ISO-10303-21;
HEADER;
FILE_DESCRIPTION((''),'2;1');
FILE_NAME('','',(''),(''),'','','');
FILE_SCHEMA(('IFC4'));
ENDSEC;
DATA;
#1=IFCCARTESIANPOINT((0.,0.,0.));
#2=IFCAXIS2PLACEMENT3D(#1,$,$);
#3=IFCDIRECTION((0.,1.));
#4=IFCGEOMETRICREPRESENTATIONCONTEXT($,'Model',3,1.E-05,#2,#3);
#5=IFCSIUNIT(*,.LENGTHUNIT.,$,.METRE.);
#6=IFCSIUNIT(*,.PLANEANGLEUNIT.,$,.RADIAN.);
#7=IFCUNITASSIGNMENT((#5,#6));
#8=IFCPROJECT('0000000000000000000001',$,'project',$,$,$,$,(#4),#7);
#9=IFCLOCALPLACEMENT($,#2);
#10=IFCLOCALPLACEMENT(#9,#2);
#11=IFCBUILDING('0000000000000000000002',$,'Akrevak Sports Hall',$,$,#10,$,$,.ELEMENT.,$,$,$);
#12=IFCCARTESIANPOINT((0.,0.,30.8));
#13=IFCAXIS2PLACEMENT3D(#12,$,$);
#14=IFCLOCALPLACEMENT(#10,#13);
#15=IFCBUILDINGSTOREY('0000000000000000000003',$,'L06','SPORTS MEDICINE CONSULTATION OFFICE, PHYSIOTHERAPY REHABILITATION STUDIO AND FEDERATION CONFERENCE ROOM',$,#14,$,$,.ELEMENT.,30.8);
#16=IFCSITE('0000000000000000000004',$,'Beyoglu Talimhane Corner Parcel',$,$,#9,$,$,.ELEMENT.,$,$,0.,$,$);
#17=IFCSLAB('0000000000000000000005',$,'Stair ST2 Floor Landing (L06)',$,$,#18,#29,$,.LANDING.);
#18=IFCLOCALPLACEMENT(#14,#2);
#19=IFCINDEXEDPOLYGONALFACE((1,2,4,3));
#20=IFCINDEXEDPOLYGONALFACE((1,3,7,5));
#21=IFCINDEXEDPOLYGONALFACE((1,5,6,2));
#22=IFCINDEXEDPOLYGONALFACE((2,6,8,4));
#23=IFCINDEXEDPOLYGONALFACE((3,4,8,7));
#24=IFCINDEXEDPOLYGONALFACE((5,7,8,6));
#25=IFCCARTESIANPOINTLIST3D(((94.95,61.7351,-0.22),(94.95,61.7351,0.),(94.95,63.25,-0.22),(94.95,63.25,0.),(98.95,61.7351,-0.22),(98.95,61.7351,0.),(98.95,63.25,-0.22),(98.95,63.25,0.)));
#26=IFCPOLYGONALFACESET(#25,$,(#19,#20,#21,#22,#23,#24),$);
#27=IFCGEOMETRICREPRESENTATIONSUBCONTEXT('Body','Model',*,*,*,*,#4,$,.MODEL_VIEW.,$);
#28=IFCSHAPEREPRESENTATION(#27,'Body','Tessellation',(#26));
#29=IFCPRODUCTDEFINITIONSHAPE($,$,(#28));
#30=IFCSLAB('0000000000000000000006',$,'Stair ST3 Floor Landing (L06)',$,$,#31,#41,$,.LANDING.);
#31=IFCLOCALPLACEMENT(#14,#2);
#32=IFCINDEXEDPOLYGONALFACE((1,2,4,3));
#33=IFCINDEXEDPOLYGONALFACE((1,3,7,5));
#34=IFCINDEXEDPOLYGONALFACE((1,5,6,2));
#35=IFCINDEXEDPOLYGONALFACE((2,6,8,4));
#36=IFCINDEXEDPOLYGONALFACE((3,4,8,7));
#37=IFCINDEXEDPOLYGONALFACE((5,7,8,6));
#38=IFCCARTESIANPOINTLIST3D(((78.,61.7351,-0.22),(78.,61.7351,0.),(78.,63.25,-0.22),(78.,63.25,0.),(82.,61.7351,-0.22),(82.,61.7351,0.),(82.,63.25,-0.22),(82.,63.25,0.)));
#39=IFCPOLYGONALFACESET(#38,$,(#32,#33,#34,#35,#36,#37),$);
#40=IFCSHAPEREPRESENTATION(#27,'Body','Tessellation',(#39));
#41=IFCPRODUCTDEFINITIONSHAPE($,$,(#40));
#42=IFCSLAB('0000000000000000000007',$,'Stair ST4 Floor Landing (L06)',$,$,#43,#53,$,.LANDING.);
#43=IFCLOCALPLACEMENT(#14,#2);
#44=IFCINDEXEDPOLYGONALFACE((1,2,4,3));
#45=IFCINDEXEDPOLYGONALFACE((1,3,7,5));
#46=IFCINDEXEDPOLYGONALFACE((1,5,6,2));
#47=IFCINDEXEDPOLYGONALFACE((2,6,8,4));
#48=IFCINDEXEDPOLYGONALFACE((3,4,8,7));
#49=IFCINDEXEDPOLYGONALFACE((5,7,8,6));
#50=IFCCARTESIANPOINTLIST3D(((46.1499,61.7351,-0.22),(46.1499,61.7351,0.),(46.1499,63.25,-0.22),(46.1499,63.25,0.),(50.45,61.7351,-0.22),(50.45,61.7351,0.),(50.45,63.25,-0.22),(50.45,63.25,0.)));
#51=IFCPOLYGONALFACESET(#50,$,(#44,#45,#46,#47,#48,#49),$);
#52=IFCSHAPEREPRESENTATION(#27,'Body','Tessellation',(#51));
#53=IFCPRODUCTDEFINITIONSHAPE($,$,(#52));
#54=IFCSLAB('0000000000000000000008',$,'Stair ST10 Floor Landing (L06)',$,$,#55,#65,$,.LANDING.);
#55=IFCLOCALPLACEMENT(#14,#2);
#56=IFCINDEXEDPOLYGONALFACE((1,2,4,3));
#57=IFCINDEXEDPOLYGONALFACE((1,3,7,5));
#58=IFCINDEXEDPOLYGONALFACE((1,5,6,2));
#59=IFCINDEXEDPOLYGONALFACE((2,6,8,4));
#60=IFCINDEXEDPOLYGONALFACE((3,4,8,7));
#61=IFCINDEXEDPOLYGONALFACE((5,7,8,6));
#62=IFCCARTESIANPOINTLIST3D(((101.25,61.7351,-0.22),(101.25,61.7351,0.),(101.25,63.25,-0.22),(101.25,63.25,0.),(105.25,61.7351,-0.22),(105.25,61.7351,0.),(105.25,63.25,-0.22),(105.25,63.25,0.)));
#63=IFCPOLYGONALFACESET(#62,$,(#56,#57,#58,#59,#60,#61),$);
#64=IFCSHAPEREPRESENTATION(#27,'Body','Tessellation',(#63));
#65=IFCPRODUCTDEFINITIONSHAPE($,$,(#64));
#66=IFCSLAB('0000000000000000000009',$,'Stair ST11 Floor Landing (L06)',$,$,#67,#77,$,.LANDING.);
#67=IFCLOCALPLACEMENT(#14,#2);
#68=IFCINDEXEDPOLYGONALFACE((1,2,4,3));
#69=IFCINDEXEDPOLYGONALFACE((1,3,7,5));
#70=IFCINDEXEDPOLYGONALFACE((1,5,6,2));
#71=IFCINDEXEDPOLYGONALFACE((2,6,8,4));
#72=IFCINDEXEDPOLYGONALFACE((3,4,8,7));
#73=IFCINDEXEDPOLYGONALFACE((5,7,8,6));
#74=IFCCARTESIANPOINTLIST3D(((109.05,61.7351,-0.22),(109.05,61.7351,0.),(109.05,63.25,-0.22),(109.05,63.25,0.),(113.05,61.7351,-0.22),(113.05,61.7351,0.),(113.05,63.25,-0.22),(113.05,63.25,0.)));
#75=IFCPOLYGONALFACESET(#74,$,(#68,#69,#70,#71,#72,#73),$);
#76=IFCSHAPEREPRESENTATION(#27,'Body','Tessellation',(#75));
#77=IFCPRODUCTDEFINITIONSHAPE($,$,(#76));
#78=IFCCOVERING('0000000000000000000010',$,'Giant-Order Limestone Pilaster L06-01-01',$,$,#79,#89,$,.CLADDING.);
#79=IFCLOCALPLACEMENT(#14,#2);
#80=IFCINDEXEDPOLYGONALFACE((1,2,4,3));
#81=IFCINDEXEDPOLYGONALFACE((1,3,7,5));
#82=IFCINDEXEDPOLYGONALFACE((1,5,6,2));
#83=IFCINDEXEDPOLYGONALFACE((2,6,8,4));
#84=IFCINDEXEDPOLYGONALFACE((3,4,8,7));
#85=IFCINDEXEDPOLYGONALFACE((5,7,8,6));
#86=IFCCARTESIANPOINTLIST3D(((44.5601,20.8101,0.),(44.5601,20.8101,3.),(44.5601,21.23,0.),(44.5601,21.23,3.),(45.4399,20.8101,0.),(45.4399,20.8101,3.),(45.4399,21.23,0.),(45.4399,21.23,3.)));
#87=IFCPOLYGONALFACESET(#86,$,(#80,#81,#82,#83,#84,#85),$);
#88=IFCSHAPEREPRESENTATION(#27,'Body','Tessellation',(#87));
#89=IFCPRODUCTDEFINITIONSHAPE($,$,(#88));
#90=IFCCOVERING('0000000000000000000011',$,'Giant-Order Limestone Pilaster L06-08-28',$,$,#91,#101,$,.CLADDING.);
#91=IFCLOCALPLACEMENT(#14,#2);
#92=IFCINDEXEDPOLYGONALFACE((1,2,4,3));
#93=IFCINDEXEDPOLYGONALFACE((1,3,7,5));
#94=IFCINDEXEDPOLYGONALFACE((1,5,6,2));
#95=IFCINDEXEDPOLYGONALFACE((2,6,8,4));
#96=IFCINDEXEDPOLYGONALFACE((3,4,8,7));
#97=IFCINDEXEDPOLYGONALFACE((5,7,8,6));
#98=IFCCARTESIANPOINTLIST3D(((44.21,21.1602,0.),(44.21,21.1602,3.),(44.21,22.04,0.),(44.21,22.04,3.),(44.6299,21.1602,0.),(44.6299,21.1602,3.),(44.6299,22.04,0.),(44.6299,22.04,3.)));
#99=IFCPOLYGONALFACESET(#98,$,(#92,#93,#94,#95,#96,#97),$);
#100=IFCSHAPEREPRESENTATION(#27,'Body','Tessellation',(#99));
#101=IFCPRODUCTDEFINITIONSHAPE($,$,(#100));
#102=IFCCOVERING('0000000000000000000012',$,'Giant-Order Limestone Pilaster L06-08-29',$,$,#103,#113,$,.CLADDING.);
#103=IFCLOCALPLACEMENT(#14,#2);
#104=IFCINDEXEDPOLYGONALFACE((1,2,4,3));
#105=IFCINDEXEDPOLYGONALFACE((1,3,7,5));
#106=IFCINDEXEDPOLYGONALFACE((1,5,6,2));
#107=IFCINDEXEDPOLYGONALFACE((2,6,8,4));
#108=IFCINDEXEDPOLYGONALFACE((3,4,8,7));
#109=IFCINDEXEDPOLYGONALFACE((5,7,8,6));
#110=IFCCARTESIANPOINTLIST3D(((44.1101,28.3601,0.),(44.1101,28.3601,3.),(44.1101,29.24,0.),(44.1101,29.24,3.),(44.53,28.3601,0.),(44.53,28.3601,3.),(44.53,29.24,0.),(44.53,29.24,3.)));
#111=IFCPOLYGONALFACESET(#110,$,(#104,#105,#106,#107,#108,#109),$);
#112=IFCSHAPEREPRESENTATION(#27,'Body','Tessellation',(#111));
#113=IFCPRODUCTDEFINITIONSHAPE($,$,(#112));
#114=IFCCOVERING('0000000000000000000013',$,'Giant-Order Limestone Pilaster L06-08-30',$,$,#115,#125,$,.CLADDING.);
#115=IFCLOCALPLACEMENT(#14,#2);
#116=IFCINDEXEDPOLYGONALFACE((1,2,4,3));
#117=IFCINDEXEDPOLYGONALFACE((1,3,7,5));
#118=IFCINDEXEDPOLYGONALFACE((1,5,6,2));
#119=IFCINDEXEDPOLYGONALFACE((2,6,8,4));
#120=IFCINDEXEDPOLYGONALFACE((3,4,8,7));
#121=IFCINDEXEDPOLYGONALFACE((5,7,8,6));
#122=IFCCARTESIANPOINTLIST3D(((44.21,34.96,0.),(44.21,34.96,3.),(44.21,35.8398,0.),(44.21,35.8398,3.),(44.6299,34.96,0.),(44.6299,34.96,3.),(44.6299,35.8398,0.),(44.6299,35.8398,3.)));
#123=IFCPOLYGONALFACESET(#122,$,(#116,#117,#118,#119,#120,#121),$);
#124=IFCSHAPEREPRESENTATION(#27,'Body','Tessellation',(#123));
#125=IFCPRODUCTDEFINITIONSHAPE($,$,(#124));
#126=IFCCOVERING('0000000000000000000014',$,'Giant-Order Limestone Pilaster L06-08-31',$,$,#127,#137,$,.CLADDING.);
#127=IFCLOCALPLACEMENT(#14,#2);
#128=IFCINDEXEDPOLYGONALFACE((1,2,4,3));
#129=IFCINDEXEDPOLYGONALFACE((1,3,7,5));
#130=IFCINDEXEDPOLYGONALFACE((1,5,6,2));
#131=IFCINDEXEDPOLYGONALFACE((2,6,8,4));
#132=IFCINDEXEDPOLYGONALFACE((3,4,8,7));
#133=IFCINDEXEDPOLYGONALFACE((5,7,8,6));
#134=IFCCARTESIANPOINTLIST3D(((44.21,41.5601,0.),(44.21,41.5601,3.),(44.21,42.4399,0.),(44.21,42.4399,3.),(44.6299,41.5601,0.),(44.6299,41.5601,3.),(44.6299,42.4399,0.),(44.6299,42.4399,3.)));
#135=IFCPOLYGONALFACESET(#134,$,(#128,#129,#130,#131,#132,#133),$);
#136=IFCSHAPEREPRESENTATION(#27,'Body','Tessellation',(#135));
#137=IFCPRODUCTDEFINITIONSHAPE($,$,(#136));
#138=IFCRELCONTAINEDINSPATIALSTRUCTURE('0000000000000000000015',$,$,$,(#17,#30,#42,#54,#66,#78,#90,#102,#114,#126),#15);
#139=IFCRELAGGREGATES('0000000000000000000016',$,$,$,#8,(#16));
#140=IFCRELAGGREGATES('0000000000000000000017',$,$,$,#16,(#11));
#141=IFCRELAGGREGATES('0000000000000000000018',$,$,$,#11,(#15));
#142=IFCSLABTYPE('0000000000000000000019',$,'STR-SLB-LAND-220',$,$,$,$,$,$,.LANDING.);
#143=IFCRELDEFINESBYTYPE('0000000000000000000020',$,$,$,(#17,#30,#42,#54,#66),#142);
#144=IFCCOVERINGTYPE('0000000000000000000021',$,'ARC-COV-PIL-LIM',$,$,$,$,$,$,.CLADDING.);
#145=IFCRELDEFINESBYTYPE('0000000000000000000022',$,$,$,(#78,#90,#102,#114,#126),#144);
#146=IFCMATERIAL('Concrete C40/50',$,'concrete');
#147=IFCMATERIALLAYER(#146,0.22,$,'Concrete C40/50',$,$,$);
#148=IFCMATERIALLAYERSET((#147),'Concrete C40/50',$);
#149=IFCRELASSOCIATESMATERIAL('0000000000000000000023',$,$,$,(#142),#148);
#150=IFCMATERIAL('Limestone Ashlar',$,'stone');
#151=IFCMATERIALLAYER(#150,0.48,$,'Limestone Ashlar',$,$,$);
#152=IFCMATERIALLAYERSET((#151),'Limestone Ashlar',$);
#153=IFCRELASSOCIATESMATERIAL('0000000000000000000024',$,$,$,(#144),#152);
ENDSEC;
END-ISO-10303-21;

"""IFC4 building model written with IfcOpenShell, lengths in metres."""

from ifc_helpers import new_model, si_unit, direction, frame, origin, origin_2d, place, context, subcontext, project, spatial, polyline, rectangle, outline, extrude, material, layer, layer_set, type_object, element, save


model = new_model("IFC4")

# Units and contexts
model_context = context("Model", 3, precision=1e-05, world=origin(), true_north=direction((0.0, 1.0)))
body_context = subcontext(model_context, "Body", "Model", "MODEL_VIEW")
ifc_project = project(units=[si_unit("LENGTHUNIT", "METRE"), si_unit("PLANEANGLEUNIT", "RADIAN")], contexts=[model_context])

# Site, building, storey
site_placement = place(None, origin())
site = spatial("IfcSite", under=ifc_project, at=site_placement, Name="Beyoglu Talimhane Corner Parcel", CompositionType="ELEMENT", RefElevation=0.0)
building_placement = place(site_placement, origin())
building = spatial("IfcBuilding", under=site, at=building_placement, Name="Akrevak Sports Hall", CompositionType="ELEMENT")
storey_placement = place(building_placement, frame((0.0, 0.0, 30.8)))
storey = spatial("IfcBuildingStorey", under=building, at=storey_placement, Name="L06", Description="SPORTS MEDICINE CONSULTATION OFFICE, PHYSIOTHERAPY REHABILITATION STUDIO AND FEDERATION CONFERENCE ROOM", CompositionType="ELEMENT", Elevation=30.8)

# Shared definitions
ifc_material_1 = material(Name="Concrete C40/50", Category="concrete")

# Slabs
ifc_layer_1 = layer(ifc_material_1, 0.22, Name="Concrete C40/50")
ifc_layer_set_1 = layer_set([ifc_layer_1], Name="Concrete C40/50")
slab_type_1 = type_object("IfcSlabType", Name="STR-SLB-LAND-220", PredefinedType="LANDING", material=ifc_layer_set_1)
slab_1_placement = place(storey_placement, frame((0.0, 0.0, -0.22)))
element("IfcSlab", 1, at=slab_1_placement, inside=storey, type_object=slab_type_1, Name="Stair ST2 Floor Landing (L06)", PredefinedType="LANDING", context=body_context, shape_type="SweptSolid", body=[
    extrude(outline(polyline([(94.95, 61.7351), (98.95, 61.7351), (98.95, 63.25), (94.95, 63.25), (94.95, 61.7351)])), origin(), (0.0, 0.0, 1.0), 0.22),
])
slab_2_placement = place(storey_placement, frame((0.0, 0.0, -0.22)))
element("IfcSlab", 2, at=slab_2_placement, inside=storey, type_object=slab_type_1, Name="Stair ST3 Floor Landing (L06)", PredefinedType="LANDING", context=body_context, shape_type="SweptSolid", body=[
    extrude(outline(polyline([(78.0, 61.7351), (82.0, 61.7351), (82.0, 63.25), (78.0, 63.25), (78.0, 61.7351)])), origin(), (0.0, 0.0, 1.0), 0.22),
])
slab_3_placement = place(storey_placement, frame((0.0, 0.0, -0.22)))
element("IfcSlab", 3, at=slab_3_placement, inside=storey, type_object=slab_type_1, Name="Stair ST4 Floor Landing (L06)", PredefinedType="LANDING", context=body_context, shape_type="SweptSolid", body=[
    extrude(outline(polyline([(46.1499, 61.7351), (50.45, 61.7351), (50.45, 63.25), (46.1499, 63.25), (46.1499, 61.7351)])), origin(), (0.0, 0.0, 1.0), 0.22),
])
slab_4_placement = place(storey_placement, frame((0.0, 0.0, -0.22)))
element("IfcSlab", 4, at=slab_4_placement, inside=storey, type_object=slab_type_1, Name="Stair ST10 Floor Landing (L06)", PredefinedType="LANDING", context=body_context, shape_type="SweptSolid", body=[
    extrude(outline(polyline([(101.25, 61.7351), (105.25, 61.7351), (105.25, 63.25), (101.25, 63.25), (101.25, 61.7351)])), origin(), (0.0, 0.0, 1.0), 0.22),
])
slab_5_placement = place(storey_placement, frame((0.0, 0.0, -0.22)))
element("IfcSlab", 5, at=slab_5_placement, inside=storey, type_object=slab_type_1, Name="Stair ST11 Floor Landing (L06)", PredefinedType="LANDING", context=body_context, shape_type="SweptSolid", body=[
    extrude(outline(polyline([(109.05, 61.7351), (113.05, 61.7351), (113.05, 63.25), (109.05, 63.25), (109.05, 61.7351)])), origin(), (0.0, 0.0, 1.0), 0.22),
])

# Coverings
ifc_material_2 = material(Name="Limestone Ashlar", Category="stone")
ifc_layer_2 = layer(ifc_material_2, 0.48, Name="Limestone Ashlar")
ifc_layer_set_2 = layer_set([ifc_layer_2], Name="Limestone Ashlar")
covering_type = type_object("IfcCoveringType", Name="ARC-COV-PIL-LIM", PredefinedType="CLADDING", material=ifc_layer_set_2)
for number, where, z_axis, x_axis, name in (
    (6, (45.0, 21.02, 0.0), (0.0, 0.0, 1.0), (1.0, 0.0, 0.0), "Giant-Order Limestone Pilaster L06-01-01"),
    (7, (44.4199, 21.6001, 0.0), (0.0, 0.0, 1.0), (0.0, -1.0, 0.0), "Giant-Order Limestone Pilaster L06-08-28"),
    (8, (44.3201, 28.8, 0.0), (0.0, 0.0, 1.0), (0.0, -1.0, 0.0), "Giant-Order Limestone Pilaster L06-08-29"),
    (9, (44.4199, 35.3999, 0.0), (0.0, 0.0, 1.0), (0.0, -1.0, 0.0), "Giant-Order Limestone Pilaster L06-08-30"),
    (10, (44.4199, 42.0, 0.0), (0.0, 0.0, 1.0), (0.0, -1.0, 0.0), "Giant-Order Limestone Pilaster L06-08-31"),
):
    element("IfcCovering", number, at=place(storey_placement, frame(where, z_axis=z_axis, x_axis=x_axis)), inside=storey, type_object=covering_type, Name=name, PredefinedType="CLADDING", context=body_context, shape_type="SweptSolid", body=[
        extrude(rectangle(XDim=0.8799, YDim=0.4199, at=origin_2d()), origin(), (0.0, 0.0, 1.0), 3.0),
    ])

save(model, "model.ifc")
